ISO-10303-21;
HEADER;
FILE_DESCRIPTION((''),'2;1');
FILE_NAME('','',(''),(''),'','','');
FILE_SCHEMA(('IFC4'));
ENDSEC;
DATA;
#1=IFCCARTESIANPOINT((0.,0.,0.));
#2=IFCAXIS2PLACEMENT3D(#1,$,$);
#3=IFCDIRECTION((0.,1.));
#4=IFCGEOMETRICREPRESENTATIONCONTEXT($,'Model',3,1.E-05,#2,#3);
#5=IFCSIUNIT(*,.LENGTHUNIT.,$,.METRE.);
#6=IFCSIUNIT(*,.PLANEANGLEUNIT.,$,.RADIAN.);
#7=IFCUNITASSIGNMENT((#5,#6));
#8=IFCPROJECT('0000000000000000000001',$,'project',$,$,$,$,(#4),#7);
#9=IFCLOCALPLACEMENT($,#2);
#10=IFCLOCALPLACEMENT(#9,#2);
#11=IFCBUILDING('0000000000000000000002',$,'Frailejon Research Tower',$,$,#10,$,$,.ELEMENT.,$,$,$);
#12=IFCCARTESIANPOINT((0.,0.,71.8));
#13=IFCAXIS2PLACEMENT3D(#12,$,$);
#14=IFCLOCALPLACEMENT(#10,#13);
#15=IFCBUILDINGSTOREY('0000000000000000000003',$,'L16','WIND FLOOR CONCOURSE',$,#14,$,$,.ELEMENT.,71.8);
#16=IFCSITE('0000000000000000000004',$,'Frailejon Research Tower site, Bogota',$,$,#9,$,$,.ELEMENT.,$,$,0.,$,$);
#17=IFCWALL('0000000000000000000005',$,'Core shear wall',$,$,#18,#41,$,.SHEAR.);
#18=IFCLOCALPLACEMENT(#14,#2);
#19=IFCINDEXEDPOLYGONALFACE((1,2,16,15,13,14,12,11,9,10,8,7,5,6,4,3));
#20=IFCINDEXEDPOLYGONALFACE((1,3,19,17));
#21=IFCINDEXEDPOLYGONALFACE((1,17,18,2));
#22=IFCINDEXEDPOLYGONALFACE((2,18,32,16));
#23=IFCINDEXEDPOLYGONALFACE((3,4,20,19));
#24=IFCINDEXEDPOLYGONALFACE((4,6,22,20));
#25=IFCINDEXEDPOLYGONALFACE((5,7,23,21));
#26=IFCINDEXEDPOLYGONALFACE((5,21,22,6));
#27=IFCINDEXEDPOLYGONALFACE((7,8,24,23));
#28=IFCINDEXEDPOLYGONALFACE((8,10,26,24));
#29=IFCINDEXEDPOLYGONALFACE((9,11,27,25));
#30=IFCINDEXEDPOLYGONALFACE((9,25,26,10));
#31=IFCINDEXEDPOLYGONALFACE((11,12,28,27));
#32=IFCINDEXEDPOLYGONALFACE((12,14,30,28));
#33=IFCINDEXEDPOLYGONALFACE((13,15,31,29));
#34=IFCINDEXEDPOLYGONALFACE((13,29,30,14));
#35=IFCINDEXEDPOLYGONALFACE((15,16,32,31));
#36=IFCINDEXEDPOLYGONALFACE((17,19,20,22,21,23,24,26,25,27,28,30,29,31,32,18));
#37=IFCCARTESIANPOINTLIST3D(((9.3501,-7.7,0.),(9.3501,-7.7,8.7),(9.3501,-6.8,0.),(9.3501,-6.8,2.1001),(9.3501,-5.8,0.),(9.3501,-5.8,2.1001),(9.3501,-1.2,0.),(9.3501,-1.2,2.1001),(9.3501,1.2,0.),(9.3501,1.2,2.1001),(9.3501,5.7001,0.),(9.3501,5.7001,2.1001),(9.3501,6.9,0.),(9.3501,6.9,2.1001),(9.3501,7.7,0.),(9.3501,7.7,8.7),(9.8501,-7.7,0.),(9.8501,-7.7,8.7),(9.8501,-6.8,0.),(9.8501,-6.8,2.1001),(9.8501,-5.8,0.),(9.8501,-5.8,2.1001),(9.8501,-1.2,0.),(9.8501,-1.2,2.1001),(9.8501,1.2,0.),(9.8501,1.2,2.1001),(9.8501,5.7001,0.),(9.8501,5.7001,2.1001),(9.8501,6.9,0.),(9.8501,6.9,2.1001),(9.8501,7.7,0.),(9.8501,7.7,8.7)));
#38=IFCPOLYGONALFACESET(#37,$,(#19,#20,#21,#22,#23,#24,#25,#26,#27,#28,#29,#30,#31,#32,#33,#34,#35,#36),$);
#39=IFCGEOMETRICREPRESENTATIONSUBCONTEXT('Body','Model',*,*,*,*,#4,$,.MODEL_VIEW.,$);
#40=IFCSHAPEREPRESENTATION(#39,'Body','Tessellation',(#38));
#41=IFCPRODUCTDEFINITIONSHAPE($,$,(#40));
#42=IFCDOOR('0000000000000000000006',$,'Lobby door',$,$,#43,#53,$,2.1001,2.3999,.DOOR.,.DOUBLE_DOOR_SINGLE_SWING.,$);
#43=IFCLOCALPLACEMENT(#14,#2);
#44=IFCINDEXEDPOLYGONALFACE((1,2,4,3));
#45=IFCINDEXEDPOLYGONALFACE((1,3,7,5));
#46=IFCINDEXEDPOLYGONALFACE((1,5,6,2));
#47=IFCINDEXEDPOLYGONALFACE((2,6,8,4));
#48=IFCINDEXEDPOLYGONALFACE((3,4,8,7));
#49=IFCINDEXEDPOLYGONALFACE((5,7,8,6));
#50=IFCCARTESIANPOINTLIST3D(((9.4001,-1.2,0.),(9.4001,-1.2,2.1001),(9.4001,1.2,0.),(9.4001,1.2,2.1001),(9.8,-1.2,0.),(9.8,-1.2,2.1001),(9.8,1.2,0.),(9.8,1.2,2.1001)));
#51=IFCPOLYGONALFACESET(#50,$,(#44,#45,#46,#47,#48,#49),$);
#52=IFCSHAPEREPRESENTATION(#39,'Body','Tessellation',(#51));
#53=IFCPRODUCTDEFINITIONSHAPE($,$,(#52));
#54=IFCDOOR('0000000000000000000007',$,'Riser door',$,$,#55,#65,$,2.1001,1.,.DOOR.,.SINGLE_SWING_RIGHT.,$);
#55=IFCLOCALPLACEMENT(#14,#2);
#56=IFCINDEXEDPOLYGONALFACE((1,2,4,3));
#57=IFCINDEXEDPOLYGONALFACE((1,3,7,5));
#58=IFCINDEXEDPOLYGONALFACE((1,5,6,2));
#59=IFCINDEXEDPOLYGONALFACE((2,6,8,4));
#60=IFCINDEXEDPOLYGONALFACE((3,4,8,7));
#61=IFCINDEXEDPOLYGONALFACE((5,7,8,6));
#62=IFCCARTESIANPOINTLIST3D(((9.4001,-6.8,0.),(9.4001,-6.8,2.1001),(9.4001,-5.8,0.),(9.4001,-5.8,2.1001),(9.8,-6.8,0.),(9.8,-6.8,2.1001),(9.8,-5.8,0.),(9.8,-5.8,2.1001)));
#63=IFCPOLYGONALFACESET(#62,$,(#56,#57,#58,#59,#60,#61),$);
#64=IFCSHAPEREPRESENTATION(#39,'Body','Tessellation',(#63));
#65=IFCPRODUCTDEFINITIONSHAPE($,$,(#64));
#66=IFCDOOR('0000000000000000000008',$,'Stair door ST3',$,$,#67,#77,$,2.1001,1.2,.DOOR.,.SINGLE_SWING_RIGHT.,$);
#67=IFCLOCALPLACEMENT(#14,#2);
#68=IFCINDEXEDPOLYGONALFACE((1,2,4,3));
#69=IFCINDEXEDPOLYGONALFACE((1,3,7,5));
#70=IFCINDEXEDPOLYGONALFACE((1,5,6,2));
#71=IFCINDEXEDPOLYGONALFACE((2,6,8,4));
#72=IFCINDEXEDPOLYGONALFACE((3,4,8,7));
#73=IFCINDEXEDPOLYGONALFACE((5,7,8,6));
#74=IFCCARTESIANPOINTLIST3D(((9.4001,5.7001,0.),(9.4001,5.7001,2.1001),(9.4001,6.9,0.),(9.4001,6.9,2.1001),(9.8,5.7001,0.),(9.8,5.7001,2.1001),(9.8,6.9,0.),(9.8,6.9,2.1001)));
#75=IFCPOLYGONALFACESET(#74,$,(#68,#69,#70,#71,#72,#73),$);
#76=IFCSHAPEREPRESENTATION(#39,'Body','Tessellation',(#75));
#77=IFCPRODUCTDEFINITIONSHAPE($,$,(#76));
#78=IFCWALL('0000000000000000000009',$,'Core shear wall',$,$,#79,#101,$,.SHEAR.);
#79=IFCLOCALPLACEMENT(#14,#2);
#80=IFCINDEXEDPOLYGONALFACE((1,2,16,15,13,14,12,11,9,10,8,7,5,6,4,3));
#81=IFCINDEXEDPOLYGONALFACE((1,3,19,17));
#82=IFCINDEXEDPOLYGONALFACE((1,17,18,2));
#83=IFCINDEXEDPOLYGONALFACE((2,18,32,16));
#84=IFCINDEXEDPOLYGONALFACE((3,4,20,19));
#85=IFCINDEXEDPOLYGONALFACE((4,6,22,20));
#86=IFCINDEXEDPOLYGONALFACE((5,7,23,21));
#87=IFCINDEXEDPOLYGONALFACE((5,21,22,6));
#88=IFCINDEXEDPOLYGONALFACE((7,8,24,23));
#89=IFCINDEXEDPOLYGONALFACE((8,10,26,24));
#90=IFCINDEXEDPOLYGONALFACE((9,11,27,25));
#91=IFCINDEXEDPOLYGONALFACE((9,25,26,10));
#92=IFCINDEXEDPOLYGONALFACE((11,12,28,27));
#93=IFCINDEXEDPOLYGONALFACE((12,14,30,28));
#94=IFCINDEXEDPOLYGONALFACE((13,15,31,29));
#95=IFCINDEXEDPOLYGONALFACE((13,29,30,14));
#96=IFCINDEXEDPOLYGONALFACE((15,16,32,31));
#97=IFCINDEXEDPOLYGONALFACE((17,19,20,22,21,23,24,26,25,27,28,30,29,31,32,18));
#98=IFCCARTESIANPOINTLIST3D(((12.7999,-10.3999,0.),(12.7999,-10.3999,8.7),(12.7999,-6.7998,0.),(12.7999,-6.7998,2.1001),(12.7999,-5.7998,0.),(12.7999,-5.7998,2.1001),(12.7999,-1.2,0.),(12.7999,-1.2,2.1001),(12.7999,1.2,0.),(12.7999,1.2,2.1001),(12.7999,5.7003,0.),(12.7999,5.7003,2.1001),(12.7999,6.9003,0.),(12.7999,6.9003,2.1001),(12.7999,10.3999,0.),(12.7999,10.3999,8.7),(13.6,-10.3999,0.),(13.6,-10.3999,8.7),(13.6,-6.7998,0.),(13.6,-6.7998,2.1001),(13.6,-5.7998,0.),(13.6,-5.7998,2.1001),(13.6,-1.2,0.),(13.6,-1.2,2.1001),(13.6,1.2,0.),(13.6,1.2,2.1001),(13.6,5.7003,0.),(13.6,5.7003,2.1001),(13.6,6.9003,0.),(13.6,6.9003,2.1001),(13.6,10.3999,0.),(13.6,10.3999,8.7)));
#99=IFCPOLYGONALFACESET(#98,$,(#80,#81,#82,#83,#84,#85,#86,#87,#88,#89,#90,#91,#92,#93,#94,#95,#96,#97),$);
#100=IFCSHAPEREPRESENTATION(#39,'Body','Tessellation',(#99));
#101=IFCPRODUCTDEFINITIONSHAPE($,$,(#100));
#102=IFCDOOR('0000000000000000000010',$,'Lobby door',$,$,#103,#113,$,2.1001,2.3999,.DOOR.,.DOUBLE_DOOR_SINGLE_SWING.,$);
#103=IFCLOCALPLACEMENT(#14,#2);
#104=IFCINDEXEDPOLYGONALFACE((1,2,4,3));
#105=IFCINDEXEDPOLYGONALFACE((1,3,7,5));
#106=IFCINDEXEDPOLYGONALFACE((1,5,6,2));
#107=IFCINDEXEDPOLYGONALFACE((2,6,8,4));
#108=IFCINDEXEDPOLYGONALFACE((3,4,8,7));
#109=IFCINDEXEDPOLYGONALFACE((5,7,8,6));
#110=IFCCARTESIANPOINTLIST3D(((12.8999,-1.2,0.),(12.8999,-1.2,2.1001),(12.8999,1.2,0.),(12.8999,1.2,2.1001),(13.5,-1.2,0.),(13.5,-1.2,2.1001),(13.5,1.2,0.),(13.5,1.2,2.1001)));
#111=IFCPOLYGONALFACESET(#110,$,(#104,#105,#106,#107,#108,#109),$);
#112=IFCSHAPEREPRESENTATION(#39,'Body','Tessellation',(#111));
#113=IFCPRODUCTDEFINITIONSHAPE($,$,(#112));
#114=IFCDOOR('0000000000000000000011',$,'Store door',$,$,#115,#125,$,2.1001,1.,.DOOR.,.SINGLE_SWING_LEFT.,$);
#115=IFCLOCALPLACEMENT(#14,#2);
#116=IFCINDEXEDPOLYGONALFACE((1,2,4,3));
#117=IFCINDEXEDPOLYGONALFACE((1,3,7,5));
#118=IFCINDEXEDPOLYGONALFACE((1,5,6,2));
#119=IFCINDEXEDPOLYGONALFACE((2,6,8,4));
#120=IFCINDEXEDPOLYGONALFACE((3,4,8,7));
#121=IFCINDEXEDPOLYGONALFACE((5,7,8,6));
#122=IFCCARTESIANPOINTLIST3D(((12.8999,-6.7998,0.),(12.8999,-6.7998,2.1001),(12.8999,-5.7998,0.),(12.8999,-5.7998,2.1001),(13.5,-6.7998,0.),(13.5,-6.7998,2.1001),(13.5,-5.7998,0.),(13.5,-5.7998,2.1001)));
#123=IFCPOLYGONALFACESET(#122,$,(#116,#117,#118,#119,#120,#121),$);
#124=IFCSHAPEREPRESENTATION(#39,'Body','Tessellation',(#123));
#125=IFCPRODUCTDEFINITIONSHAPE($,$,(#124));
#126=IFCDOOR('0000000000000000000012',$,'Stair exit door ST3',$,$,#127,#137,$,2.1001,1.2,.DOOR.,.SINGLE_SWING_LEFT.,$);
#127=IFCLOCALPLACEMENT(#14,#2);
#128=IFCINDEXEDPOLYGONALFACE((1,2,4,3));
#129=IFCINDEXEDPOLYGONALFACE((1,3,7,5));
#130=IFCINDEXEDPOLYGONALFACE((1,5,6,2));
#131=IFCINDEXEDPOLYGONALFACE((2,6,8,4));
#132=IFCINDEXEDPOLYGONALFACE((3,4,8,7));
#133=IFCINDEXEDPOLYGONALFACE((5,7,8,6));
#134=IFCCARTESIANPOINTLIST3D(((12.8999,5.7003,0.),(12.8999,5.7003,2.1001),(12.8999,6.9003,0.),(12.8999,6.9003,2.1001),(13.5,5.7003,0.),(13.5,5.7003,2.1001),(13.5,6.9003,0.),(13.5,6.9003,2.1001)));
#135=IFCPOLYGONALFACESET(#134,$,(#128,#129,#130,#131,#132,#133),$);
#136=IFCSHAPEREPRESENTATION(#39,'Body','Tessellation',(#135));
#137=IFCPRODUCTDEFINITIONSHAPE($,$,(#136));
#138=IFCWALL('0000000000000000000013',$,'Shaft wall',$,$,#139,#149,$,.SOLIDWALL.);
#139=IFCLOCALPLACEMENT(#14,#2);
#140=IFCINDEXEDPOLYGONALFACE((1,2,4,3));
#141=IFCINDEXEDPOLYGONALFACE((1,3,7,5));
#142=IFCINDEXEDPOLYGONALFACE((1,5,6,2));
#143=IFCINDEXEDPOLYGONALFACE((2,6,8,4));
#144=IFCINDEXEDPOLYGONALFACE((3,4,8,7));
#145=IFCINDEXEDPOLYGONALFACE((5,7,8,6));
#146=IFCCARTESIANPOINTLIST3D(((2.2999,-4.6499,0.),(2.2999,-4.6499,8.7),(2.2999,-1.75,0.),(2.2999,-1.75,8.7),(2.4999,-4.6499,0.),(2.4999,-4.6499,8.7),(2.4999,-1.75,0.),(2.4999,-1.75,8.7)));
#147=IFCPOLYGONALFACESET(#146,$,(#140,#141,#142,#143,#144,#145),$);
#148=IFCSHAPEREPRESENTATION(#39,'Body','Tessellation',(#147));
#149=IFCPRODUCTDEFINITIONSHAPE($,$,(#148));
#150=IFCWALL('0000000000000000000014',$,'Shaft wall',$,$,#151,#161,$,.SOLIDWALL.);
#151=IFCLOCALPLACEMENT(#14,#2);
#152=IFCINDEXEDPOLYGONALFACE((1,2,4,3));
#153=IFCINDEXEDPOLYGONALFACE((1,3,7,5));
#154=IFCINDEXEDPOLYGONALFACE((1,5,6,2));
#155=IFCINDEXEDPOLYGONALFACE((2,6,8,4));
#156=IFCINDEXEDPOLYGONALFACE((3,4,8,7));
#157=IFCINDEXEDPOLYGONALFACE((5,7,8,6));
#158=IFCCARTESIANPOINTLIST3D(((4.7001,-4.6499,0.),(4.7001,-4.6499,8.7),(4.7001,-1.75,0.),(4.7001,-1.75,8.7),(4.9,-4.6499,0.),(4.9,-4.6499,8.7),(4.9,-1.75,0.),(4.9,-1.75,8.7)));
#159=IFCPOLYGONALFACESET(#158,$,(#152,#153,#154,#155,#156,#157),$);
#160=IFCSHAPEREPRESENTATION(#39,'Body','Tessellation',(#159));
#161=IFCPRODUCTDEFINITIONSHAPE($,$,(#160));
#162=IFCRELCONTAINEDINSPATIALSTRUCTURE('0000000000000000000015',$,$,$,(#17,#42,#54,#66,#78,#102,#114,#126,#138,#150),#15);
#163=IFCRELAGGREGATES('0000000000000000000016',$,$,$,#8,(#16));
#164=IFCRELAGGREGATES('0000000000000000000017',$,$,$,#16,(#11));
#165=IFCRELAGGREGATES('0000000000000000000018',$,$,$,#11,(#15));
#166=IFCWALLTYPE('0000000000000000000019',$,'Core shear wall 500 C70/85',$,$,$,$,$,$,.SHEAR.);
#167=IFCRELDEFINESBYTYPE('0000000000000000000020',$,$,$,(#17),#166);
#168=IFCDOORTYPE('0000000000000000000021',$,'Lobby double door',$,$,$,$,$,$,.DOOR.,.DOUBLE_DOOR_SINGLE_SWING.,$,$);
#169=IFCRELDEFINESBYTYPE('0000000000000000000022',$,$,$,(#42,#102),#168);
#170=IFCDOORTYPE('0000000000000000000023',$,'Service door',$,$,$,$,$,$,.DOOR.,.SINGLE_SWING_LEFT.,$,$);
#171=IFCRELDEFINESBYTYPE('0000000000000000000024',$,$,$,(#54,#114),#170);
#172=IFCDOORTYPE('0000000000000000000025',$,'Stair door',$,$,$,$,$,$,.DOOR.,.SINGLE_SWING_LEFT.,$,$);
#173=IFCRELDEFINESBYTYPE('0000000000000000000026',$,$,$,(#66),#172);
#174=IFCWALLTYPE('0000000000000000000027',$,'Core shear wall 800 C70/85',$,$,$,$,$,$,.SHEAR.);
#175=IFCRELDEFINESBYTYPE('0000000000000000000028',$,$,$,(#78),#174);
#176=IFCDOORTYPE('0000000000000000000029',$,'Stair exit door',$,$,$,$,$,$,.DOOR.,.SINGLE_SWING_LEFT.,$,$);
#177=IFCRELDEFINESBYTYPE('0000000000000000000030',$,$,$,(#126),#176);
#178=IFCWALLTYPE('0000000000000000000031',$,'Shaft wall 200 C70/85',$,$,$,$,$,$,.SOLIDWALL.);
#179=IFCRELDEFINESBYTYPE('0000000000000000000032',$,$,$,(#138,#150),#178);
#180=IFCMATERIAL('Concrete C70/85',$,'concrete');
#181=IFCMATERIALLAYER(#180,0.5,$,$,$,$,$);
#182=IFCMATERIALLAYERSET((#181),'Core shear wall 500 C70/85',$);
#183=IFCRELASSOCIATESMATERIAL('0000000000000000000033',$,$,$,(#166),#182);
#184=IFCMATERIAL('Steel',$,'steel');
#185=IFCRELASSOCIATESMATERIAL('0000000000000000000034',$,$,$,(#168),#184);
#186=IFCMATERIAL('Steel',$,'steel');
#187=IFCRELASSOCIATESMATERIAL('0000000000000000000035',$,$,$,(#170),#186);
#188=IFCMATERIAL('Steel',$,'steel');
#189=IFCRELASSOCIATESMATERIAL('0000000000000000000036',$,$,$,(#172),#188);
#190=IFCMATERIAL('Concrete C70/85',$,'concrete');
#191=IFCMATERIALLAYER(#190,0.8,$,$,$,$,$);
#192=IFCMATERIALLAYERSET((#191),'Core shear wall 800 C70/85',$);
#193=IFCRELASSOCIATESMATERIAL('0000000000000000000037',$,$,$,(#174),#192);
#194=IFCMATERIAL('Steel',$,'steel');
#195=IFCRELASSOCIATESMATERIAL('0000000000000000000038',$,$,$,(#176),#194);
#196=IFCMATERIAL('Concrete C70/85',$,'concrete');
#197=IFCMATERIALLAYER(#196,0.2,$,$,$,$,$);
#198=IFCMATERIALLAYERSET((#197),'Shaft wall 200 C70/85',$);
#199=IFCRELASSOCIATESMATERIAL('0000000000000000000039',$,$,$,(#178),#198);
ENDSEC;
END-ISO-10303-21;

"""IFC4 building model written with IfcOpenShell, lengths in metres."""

from ifc_helpers import new_model, si_unit, direction, frame, frame_2d, origin, place, context, subcontext, project, spatial, rectangle, extrude, material, layer, layer_set, type_object, element, fill, save


model = new_model("IFC4")

# Units and contexts
model_context = context("Model", 3, precision=1e-05, world=origin(), true_north=direction((0.0, 1.0)))
body_context = subcontext(model_context, "Body", "Model", "MODEL_VIEW")
ifc_project = project(units=[si_unit("LENGTHUNIT", "METRE"), si_unit("PLANEANGLEUNIT", "RADIAN")], contexts=[model_context])

# Site, building, storey
site_placement = place(None, origin())
site = spatial("IfcSite", under=ifc_project, at=site_placement, Name="Frailejon Research Tower site, Bogota", CompositionType="ELEMENT", RefElevation=0.0)
building_placement = place(site_placement, origin())
building = spatial("IfcBuilding", under=site, at=building_placement, Name="Frailejon Research Tower", CompositionType="ELEMENT")
storey_placement = place(building_placement, frame((0.0, 0.0, 71.8)))
storey = spatial("IfcBuildingStorey", under=building, at=storey_placement, Name="L16", Description="WIND FLOOR CONCOURSE", CompositionType="ELEMENT", Elevation=71.8)

# Walls, openings, doors
ifc_material_1 = material(Name="Concrete C70/85", Category="concrete")
ifc_layer_1 = layer(ifc_material_1, 0.5)
ifc_layer_set_1 = layer_set([ifc_layer_1], Name="Core shear wall 500 C70/85")
wall_type_1 = type_object("IfcWallType", Name="Core shear wall 500 C70/85", PredefinedType="SHEAR", material=ifc_layer_set_1)
wall_1_placement = place(storey_placement, frame((9.6001, -7.7, 0.0), z_axis=(0.0, 0.0, 1.0), x_axis=(0.0, 1.0, 0.0)))
wall_1 = element("IfcWall", 1, at=wall_1_placement, inside=storey, type_object=wall_type_1, Name="Core shear wall", PredefinedType="SHEAR", context=body_context, shape_type="SweptSolid", body=[
    extrude(rectangle(XDim=15.3999, YDim=0.5, at=frame_2d((7.7, 0.0))), origin(), (0.0, 0.0, 1.0), 8.7),
])
opening_1_placement = place(wall_1_placement, frame((6.5, 0.0, 0.0)))
opening_1 = element("IfcOpeningElement", 2, at=opening_1_placement, cuts=wall_1, PredefinedType="OPENING", context=body_context, shape_type="SweptSolid", body=[
    extrude(rectangle(XDim=2.3999, YDim=2.1001, at=frame_2d((1.2, 1.05))), frame((0.0, 0.26, 0.0), z_axis=(0.0, -1.0, 0.0), x_axis=(1.0, 0.0, 0.0)), (0.0, 0.0, 1.0), 0.52),
])
opening_2_placement = place(wall_1_placement, frame((13.3999, 0.0, 0.0)))
opening_2 = element("IfcOpeningElement", 3, at=opening_2_placement, cuts=wall_1, PredefinedType="OPENING", context=body_context, shape_type="SweptSolid", body=[
    extrude(rectangle(XDim=1.2, YDim=2.1001, at=frame_2d((0.6001, 1.05))), frame((0.0, 0.26, 0.0), z_axis=(0.0, -1.0, 0.0), x_axis=(1.0, 0.0, 0.0)), (0.0, 0.0, 1.0), 0.52),
])
opening_3_placement = place(wall_1_placement, frame((0.8999, 0.0, 0.0)))
opening_3 = element("IfcOpeningElement", 4, at=opening_3_placement, cuts=wall_1, PredefinedType="OPENING", context=body_context, shape_type="SweptSolid", body=[
    extrude(rectangle(XDim=1.0, YDim=2.1001, at=frame_2d((0.5, 1.05))), frame((0.0, 0.26, 0.0), z_axis=(0.0, -1.0, 0.0), x_axis=(1.0, 0.0, 0.0)), (0.0, 0.0, 1.0), 0.52),
])
ifc_material_2 = material(Name="Steel", Category="steel")
door_type_1 = type_object("IfcDoorType", Name="Lobby double door", OperationType="DOUBLE_DOOR_SINGLE_SWING", PredefinedType="DOOR", material=ifc_material_2)
door_1_placement = place(opening_1_placement, origin())
door_1 = element("IfcDoor", 5, at=door_1_placement, inside=storey, type_object=door_type_1, Name="Lobby door", OperationType="DOUBLE_DOOR_SINGLE_SWING", OverallHeight=2.1001, OverallWidth=2.3999, PredefinedType="DOOR", context=body_context, shape_type="SweptSolid", body=[
    extrude(rectangle(XDim=2.3999, YDim=2.1001, at=frame_2d((1.2, 1.05))), frame((0.0, 0.2, 0.0), z_axis=(0.0, -1.0, 0.0), x_axis=(1.0, 0.0, 0.0)), (0.0, 0.0, 1.0), 0.3999),
])
fill(opening_1, door_1)
ifc_material_3 = material(Name="Steel", Category="steel")
door_type_2 = type_object("IfcDoorType", Name="Service door", OperationType="SINGLE_SWING_LEFT", PredefinedType="DOOR", material=ifc_material_3)
door_2_placement = place(opening_3_placement, origin())
door_2 = element("IfcDoor", 6, at=door_2_placement, inside=storey, type_object=door_type_2, Name="Riser door", OperationType="SINGLE_SWING_RIGHT", OverallHeight=2.1001, OverallWidth=1.0, PredefinedType="DOOR", context=body_context, shape_type="SweptSolid", body=[
    extrude(rectangle(XDim=1.0, YDim=2.1001, at=frame_2d((0.5, 1.05))), frame((0.0, 0.2, 0.0), z_axis=(0.0, -1.0, 0.0), x_axis=(1.0, 0.0, 0.0)), (0.0, 0.0, 1.0), 0.3999),
])
fill(opening_3, door_2)
ifc_material_4 = material(Name="Steel", Category="steel")
door_type_3 = type_object("IfcDoorType", Name="Stair door", OperationType="SINGLE_SWING_LEFT", PredefinedType="DOOR", material=ifc_material_4)
door_3_placement = place(opening_2_placement, origin())
door_3 = element("IfcDoor", 7, at=door_3_placement, inside=storey, type_object=door_type_3, Name="Stair door ST3", OperationType="SINGLE_SWING_RIGHT", OverallHeight=2.1001, OverallWidth=1.2, PredefinedType="DOOR", context=body_context, shape_type="SweptSolid", body=[
    extrude(rectangle(XDim=1.2, YDim=2.1001, at=frame_2d((0.6001, 1.05))), frame((0.0, 0.2, 0.0), z_axis=(0.0, -1.0, 0.0), x_axis=(1.0, 0.0, 0.0)), (0.0, 0.0, 1.0), 0.3999),
])
fill(opening_2, door_3)
ifc_material_5 = material(Name="Concrete C70/85", Category="concrete")
ifc_layer_2 = layer(ifc_material_5, 0.8)
ifc_layer_set_2 = layer_set([ifc_layer_2], Name="Core shear wall 800 C70/85")
wall_type_2 = type_object("IfcWallType", Name="Core shear wall 800 C70/85", PredefinedType="SHEAR", material=ifc_layer_set_2)
wall_2_placement = place(storey_placement, frame((13.2, -10.3999, 0.0), z_axis=(0.0, 0.0, 1.0), x_axis=(0.0, 1.0, 0.0)))
wall_2 = element("IfcWall", 8, at=wall_2_placement, inside=storey, type_object=wall_type_2, Name="Core shear wall", PredefinedType="SHEAR", context=body_context, shape_type="SweptSolid", body=[
    extrude(rectangle(XDim=20.7998, YDim=0.8, at=frame_2d((10.3999, 0.0))), origin(), (0.0, 0.0, 1.0), 8.7),
])
opening_4_placement = place(wall_2_placement, frame((9.2, 0.0, 0.0)))
opening_4 = element("IfcOpeningElement", 9, at=opening_4_placement, cuts=wall_2, PredefinedType="OPENING", context=body_context, shape_type="SweptSolid", body=[
    extrude(rectangle(XDim=2.3999, YDim=2.1001, at=frame_2d((1.2, 1.05))), frame((0.0, 0.4099, 0.0), z_axis=(0.0, -1.0, 0.0), x_axis=(1.0, 0.0, 0.0)), (0.0, 0.0, 1.0), 0.8201),
])
opening_5_placement = place(wall_2_placement, frame((16.1001, 0.0, 0.0)))
opening_5 = element("IfcOpeningElement", 10, at=opening_5_placement, cuts=wall_2, PredefinedType="OPENING", context=body_context, shape_type="SweptSolid", body=[
    extrude(rectangle(XDim=1.2, YDim=2.1001, at=frame_2d((0.6001, 1.05))), frame((0.0, 0.4099, 0.0), z_axis=(0.0, -1.0, 0.0), x_axis=(1.0, 0.0, 0.0)), (0.0, 0.0, 1.0), 0.8201),
])
opening_6_placement = place(wall_2_placement, frame((3.6001, 0.0, 0.0)))
opening_6 = element("IfcOpeningElement", 11, at=opening_6_placement, cuts=wall_2, PredefinedType="OPENING", context=body_context, shape_type="SweptSolid", body=[
    extrude(rectangle(XDim=1.0, YDim=2.1001, at=frame_2d((0.5, 1.05))), frame((0.0, 0.4099, 0.0), z_axis=(0.0, -1.0, 0.0), x_axis=(1.0, 0.0, 0.0)), (0.0, 0.0, 1.0), 0.8201),
])
door_4_placement = place(opening_4_placement, origin())
door_4 = element("IfcDoor", 12, at=door_4_placement, inside=storey, type_object=door_type_1, Name="Lobby door", OperationType="DOUBLE_DOOR_SINGLE_SWING", OverallHeight=2.1001, OverallWidth=2.3999, PredefinedType="DOOR", context=body_context, shape_type="SweptSolid", body=[
    extrude(rectangle(XDim=2.3999, YDim=2.1001, at=frame_2d((1.2, 1.05))), frame((0.0, 0.3, 0.0), z_axis=(0.0, -1.0, 0.0), x_axis=(1.0, 0.0, 0.0)), (0.0, 0.0, 1.0), 0.6001),
])
fill(opening_4, door_4)
door_5_placement = place(opening_6_placement, origin())
door_5 = element("IfcDoor", 13, at=door_5_placement, inside=storey, type_object=door_type_2, Name="Store door", OperationType="SINGLE_SWING_LEFT", OverallHeight=2.1001, OverallWidth=1.0, PredefinedType="DOOR", context=body_context, shape_type="SweptSolid", body=[
    extrude(rectangle(XDim=1.0, YDim=2.1001, at=frame_2d((0.5, 1.05))), frame((0.0, 0.3, 0.0), z_axis=(0.0, -1.0, 0.0), x_axis=(1.0, 0.0, 0.0)), (0.0, 0.0, 1.0), 0.6001),
])
fill(opening_6, door_5)
ifc_material_6 = material(Name="Steel", Category="steel")
door_type_4 = type_object("IfcDoorType", Name="Stair exit door", OperationType="SINGLE_SWING_LEFT", PredefinedType="DOOR", material=ifc_material_6)
door_6_placement = place(opening_5_placement, origin())
door_6 = element("IfcDoor", 14, at=door_6_placement, inside=storey, type_object=door_type_4, Name="Stair exit door ST3", OperationType="SINGLE_SWING_LEFT", OverallHeight=2.1001, OverallWidth=1.2, PredefinedType="DOOR", context=body_context, shape_type="SweptSolid", body=[
    extrude(rectangle(XDim=1.2, YDim=2.1001, at=frame_2d((0.6001, 1.05))), frame((0.0, 0.3, 0.0), z_axis=(0.0, -1.0, 0.0), x_axis=(1.0, 0.0, 0.0)), (0.0, 0.0, 1.0), 0.6001),
])
fill(opening_5, door_6)

# Walls
ifc_material_7 = material(Name="Concrete C70/85", Category="concrete")
ifc_layer_3 = layer(ifc_material_7, 0.2)
ifc_layer_set_3 = layer_set([ifc_layer_3], Name="Shaft wall 200 C70/85")
wall_type_3 = type_object("IfcWallType", Name="Shaft wall 200 C70/85", PredefinedType="SOLIDWALL", material=ifc_layer_set_3)
for number, where, z_axis, x_axis, name in (
    (15, (2.3999, -4.6499, 0.0), (0.0, 0.0, 1.0), (0.0, 1.0, 0.0), "Shaft wall"),
    (16, (4.8, -4.6499, 0.0), (0.0, 0.0, 1.0), (0.0, 1.0, 0.0), "Shaft wall"),
):
    element("IfcWall", number, at=place(storey_placement, frame(where, z_axis=z_axis, x_axis=x_axis)), inside=storey, type_object=wall_type_3, Name=name, PredefinedType="SOLIDWALL", context=body_context, shape_type="SweptSolid", body=[
        extrude(rectangle(XDim=2.8999, YDim=0.2, at=frame_2d((1.45, 0.0))), origin(), (0.0, 0.0, 1.0), 8.7),
    ])

save(model, "model.ifc")
